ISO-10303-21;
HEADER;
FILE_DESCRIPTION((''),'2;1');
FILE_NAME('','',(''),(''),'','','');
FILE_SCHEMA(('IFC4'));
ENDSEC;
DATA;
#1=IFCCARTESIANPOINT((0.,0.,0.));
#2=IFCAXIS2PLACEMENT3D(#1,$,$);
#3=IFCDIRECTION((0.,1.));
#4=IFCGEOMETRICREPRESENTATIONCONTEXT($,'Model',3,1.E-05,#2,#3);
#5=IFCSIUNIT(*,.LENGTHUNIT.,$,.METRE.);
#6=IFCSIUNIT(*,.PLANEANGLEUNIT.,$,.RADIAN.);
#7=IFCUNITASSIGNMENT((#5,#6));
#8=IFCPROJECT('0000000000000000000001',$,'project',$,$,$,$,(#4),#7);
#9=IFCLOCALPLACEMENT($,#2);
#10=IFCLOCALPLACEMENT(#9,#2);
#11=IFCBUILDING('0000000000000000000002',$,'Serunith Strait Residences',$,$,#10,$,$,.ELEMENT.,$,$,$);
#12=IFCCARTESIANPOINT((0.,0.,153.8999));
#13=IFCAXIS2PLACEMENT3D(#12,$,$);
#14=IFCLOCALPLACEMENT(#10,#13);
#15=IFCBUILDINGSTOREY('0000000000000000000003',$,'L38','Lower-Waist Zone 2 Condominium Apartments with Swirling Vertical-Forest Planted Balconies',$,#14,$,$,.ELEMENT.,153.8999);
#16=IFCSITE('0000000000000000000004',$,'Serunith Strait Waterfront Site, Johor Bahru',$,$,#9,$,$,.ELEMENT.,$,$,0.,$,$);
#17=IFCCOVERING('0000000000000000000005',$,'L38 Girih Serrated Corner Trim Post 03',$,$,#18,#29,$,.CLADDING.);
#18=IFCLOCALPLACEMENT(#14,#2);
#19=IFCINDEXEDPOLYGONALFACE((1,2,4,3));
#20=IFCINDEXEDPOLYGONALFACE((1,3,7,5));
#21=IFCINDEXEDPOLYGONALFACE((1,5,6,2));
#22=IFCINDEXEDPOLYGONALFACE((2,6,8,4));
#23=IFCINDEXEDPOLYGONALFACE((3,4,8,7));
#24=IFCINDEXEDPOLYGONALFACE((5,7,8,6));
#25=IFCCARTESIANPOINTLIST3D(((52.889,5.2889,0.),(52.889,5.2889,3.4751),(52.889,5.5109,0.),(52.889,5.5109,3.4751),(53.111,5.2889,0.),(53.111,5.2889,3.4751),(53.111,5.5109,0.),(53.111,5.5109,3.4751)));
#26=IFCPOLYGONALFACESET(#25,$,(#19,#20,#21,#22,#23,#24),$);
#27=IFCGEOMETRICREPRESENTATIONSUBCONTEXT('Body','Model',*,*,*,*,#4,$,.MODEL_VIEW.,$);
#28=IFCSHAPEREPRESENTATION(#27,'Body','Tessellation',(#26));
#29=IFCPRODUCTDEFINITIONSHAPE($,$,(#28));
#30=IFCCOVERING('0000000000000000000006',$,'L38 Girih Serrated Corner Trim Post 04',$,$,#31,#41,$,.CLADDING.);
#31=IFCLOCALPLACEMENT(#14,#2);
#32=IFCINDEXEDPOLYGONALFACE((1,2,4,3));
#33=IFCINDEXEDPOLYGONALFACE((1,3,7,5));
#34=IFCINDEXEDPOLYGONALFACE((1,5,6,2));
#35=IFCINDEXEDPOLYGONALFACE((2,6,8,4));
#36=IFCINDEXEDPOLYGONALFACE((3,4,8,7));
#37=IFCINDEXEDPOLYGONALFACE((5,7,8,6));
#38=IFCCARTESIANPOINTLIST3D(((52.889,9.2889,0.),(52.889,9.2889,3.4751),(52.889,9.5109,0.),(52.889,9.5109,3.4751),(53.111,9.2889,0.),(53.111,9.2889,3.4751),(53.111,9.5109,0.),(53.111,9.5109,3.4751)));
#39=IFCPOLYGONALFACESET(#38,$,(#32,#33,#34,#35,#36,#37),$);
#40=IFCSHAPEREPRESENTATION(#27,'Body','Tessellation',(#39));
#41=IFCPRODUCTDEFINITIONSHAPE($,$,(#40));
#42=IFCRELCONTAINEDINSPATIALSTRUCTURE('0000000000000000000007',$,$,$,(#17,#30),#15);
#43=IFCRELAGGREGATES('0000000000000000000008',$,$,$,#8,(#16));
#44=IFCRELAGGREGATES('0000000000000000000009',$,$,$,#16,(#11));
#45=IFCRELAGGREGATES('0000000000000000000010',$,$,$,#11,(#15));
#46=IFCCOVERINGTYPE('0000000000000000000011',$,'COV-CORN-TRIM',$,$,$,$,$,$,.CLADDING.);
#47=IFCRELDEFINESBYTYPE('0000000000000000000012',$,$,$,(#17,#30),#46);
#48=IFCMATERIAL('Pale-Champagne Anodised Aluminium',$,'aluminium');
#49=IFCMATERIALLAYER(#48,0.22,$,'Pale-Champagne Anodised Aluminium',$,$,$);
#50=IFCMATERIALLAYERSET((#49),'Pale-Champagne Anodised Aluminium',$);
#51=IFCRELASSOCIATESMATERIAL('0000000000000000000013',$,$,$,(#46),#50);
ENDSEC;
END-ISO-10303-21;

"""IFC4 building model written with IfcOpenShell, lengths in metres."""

from ifc_helpers import new_model, si_unit, direction, frame, origin, origin_2d, place, context, subcontext, project, spatial, rectangle, extrude, source, transform, mapped, material, layer, layer_set, type_object, element, save


model = new_model("IFC4")

# Units and contexts
model_context = context("Model", 3, precision=1e-05, world=origin(), true_north=direction((0.0, 1.0)))
body_context = subcontext(model_context, "Body", "Model", "MODEL_VIEW")
ifc_project = project(units=[si_unit("LENGTHUNIT", "METRE"), si_unit("PLANEANGLEUNIT", "RADIAN")], contexts=[model_context])

# Site, building, storey
site_placement = place(None, origin())
site = spatial("IfcSite", under=ifc_project, at=site_placement, Name="Serunith Strait Waterfront Site, Johor Bahru", CompositionType="ELEMENT", RefElevation=0.0)
building_placement = place(site_placement, origin())
building = spatial("IfcBuilding", under=site, at=building_placement, Name="Serunith Strait Residences", CompositionType="ELEMENT")
storey_placement = place(building_placement, frame((0.0, 0.0, 153.8999)))
storey = spatial("IfcBuildingStorey", under=building, at=storey_placement, Name="L38", Description="Lower-Waist Zone 2 Condominium Apartments with Swirling Vertical-Forest Planted Balconies", CompositionType="ELEMENT", Elevation=153.8999)

# Shared definitions
ifc_material_1 = material(Name="Pale-Champagne Anodised Aluminium", Category="aluminium")

# Coverings
ifc_layer_1 = layer(ifc_material_1, 0.22, Name="Pale-Champagne Anodised Aluminium")
ifc_layer_set_1 = layer_set([ifc_layer_1], Name="Pale-Champagne Anodised Aluminium")
covering_type = type_object("IfcCoveringType", Name="COV-CORN-TRIM", PredefinedType="CLADDING", material=ifc_layer_set_1)
shared_shape_1 = source(origin(), body_context, "Body", "SweptSolid", [
    extrude(rectangle(XDim=0.2219, YDim=0.2219, at=origin_2d()), origin(), (0.0, 0.0, 1.0), 3.4751),
])
for number, where, z_axis, x_axis, name in (
    (1, (53.0, 5.3999, 0.0), (0.0, 0.0, 1.0), (1.0, 0.0, 0.0), "L38 Girih Serrated Corner Trim Post 03"),
    (2, (53.0, 9.3999, 0.0), (0.0, 0.0, 1.0), (1.0, 0.0, 0.0), "L38 Girih Serrated Corner Trim Post 04"),
):
    element("IfcCovering", number, at=place(storey_placement, frame(where, z_axis=z_axis, x_axis=x_axis)), inside=storey, type_object=covering_type, Name=name, PredefinedType="CLADDING", context=body_context, shape_type="MappedRepresentation", body=[
        mapped(shared_shape_1, transform((0.0, 0.0, 0.0), scale=1.0)),
    ])

save(model, "model.ifc")
